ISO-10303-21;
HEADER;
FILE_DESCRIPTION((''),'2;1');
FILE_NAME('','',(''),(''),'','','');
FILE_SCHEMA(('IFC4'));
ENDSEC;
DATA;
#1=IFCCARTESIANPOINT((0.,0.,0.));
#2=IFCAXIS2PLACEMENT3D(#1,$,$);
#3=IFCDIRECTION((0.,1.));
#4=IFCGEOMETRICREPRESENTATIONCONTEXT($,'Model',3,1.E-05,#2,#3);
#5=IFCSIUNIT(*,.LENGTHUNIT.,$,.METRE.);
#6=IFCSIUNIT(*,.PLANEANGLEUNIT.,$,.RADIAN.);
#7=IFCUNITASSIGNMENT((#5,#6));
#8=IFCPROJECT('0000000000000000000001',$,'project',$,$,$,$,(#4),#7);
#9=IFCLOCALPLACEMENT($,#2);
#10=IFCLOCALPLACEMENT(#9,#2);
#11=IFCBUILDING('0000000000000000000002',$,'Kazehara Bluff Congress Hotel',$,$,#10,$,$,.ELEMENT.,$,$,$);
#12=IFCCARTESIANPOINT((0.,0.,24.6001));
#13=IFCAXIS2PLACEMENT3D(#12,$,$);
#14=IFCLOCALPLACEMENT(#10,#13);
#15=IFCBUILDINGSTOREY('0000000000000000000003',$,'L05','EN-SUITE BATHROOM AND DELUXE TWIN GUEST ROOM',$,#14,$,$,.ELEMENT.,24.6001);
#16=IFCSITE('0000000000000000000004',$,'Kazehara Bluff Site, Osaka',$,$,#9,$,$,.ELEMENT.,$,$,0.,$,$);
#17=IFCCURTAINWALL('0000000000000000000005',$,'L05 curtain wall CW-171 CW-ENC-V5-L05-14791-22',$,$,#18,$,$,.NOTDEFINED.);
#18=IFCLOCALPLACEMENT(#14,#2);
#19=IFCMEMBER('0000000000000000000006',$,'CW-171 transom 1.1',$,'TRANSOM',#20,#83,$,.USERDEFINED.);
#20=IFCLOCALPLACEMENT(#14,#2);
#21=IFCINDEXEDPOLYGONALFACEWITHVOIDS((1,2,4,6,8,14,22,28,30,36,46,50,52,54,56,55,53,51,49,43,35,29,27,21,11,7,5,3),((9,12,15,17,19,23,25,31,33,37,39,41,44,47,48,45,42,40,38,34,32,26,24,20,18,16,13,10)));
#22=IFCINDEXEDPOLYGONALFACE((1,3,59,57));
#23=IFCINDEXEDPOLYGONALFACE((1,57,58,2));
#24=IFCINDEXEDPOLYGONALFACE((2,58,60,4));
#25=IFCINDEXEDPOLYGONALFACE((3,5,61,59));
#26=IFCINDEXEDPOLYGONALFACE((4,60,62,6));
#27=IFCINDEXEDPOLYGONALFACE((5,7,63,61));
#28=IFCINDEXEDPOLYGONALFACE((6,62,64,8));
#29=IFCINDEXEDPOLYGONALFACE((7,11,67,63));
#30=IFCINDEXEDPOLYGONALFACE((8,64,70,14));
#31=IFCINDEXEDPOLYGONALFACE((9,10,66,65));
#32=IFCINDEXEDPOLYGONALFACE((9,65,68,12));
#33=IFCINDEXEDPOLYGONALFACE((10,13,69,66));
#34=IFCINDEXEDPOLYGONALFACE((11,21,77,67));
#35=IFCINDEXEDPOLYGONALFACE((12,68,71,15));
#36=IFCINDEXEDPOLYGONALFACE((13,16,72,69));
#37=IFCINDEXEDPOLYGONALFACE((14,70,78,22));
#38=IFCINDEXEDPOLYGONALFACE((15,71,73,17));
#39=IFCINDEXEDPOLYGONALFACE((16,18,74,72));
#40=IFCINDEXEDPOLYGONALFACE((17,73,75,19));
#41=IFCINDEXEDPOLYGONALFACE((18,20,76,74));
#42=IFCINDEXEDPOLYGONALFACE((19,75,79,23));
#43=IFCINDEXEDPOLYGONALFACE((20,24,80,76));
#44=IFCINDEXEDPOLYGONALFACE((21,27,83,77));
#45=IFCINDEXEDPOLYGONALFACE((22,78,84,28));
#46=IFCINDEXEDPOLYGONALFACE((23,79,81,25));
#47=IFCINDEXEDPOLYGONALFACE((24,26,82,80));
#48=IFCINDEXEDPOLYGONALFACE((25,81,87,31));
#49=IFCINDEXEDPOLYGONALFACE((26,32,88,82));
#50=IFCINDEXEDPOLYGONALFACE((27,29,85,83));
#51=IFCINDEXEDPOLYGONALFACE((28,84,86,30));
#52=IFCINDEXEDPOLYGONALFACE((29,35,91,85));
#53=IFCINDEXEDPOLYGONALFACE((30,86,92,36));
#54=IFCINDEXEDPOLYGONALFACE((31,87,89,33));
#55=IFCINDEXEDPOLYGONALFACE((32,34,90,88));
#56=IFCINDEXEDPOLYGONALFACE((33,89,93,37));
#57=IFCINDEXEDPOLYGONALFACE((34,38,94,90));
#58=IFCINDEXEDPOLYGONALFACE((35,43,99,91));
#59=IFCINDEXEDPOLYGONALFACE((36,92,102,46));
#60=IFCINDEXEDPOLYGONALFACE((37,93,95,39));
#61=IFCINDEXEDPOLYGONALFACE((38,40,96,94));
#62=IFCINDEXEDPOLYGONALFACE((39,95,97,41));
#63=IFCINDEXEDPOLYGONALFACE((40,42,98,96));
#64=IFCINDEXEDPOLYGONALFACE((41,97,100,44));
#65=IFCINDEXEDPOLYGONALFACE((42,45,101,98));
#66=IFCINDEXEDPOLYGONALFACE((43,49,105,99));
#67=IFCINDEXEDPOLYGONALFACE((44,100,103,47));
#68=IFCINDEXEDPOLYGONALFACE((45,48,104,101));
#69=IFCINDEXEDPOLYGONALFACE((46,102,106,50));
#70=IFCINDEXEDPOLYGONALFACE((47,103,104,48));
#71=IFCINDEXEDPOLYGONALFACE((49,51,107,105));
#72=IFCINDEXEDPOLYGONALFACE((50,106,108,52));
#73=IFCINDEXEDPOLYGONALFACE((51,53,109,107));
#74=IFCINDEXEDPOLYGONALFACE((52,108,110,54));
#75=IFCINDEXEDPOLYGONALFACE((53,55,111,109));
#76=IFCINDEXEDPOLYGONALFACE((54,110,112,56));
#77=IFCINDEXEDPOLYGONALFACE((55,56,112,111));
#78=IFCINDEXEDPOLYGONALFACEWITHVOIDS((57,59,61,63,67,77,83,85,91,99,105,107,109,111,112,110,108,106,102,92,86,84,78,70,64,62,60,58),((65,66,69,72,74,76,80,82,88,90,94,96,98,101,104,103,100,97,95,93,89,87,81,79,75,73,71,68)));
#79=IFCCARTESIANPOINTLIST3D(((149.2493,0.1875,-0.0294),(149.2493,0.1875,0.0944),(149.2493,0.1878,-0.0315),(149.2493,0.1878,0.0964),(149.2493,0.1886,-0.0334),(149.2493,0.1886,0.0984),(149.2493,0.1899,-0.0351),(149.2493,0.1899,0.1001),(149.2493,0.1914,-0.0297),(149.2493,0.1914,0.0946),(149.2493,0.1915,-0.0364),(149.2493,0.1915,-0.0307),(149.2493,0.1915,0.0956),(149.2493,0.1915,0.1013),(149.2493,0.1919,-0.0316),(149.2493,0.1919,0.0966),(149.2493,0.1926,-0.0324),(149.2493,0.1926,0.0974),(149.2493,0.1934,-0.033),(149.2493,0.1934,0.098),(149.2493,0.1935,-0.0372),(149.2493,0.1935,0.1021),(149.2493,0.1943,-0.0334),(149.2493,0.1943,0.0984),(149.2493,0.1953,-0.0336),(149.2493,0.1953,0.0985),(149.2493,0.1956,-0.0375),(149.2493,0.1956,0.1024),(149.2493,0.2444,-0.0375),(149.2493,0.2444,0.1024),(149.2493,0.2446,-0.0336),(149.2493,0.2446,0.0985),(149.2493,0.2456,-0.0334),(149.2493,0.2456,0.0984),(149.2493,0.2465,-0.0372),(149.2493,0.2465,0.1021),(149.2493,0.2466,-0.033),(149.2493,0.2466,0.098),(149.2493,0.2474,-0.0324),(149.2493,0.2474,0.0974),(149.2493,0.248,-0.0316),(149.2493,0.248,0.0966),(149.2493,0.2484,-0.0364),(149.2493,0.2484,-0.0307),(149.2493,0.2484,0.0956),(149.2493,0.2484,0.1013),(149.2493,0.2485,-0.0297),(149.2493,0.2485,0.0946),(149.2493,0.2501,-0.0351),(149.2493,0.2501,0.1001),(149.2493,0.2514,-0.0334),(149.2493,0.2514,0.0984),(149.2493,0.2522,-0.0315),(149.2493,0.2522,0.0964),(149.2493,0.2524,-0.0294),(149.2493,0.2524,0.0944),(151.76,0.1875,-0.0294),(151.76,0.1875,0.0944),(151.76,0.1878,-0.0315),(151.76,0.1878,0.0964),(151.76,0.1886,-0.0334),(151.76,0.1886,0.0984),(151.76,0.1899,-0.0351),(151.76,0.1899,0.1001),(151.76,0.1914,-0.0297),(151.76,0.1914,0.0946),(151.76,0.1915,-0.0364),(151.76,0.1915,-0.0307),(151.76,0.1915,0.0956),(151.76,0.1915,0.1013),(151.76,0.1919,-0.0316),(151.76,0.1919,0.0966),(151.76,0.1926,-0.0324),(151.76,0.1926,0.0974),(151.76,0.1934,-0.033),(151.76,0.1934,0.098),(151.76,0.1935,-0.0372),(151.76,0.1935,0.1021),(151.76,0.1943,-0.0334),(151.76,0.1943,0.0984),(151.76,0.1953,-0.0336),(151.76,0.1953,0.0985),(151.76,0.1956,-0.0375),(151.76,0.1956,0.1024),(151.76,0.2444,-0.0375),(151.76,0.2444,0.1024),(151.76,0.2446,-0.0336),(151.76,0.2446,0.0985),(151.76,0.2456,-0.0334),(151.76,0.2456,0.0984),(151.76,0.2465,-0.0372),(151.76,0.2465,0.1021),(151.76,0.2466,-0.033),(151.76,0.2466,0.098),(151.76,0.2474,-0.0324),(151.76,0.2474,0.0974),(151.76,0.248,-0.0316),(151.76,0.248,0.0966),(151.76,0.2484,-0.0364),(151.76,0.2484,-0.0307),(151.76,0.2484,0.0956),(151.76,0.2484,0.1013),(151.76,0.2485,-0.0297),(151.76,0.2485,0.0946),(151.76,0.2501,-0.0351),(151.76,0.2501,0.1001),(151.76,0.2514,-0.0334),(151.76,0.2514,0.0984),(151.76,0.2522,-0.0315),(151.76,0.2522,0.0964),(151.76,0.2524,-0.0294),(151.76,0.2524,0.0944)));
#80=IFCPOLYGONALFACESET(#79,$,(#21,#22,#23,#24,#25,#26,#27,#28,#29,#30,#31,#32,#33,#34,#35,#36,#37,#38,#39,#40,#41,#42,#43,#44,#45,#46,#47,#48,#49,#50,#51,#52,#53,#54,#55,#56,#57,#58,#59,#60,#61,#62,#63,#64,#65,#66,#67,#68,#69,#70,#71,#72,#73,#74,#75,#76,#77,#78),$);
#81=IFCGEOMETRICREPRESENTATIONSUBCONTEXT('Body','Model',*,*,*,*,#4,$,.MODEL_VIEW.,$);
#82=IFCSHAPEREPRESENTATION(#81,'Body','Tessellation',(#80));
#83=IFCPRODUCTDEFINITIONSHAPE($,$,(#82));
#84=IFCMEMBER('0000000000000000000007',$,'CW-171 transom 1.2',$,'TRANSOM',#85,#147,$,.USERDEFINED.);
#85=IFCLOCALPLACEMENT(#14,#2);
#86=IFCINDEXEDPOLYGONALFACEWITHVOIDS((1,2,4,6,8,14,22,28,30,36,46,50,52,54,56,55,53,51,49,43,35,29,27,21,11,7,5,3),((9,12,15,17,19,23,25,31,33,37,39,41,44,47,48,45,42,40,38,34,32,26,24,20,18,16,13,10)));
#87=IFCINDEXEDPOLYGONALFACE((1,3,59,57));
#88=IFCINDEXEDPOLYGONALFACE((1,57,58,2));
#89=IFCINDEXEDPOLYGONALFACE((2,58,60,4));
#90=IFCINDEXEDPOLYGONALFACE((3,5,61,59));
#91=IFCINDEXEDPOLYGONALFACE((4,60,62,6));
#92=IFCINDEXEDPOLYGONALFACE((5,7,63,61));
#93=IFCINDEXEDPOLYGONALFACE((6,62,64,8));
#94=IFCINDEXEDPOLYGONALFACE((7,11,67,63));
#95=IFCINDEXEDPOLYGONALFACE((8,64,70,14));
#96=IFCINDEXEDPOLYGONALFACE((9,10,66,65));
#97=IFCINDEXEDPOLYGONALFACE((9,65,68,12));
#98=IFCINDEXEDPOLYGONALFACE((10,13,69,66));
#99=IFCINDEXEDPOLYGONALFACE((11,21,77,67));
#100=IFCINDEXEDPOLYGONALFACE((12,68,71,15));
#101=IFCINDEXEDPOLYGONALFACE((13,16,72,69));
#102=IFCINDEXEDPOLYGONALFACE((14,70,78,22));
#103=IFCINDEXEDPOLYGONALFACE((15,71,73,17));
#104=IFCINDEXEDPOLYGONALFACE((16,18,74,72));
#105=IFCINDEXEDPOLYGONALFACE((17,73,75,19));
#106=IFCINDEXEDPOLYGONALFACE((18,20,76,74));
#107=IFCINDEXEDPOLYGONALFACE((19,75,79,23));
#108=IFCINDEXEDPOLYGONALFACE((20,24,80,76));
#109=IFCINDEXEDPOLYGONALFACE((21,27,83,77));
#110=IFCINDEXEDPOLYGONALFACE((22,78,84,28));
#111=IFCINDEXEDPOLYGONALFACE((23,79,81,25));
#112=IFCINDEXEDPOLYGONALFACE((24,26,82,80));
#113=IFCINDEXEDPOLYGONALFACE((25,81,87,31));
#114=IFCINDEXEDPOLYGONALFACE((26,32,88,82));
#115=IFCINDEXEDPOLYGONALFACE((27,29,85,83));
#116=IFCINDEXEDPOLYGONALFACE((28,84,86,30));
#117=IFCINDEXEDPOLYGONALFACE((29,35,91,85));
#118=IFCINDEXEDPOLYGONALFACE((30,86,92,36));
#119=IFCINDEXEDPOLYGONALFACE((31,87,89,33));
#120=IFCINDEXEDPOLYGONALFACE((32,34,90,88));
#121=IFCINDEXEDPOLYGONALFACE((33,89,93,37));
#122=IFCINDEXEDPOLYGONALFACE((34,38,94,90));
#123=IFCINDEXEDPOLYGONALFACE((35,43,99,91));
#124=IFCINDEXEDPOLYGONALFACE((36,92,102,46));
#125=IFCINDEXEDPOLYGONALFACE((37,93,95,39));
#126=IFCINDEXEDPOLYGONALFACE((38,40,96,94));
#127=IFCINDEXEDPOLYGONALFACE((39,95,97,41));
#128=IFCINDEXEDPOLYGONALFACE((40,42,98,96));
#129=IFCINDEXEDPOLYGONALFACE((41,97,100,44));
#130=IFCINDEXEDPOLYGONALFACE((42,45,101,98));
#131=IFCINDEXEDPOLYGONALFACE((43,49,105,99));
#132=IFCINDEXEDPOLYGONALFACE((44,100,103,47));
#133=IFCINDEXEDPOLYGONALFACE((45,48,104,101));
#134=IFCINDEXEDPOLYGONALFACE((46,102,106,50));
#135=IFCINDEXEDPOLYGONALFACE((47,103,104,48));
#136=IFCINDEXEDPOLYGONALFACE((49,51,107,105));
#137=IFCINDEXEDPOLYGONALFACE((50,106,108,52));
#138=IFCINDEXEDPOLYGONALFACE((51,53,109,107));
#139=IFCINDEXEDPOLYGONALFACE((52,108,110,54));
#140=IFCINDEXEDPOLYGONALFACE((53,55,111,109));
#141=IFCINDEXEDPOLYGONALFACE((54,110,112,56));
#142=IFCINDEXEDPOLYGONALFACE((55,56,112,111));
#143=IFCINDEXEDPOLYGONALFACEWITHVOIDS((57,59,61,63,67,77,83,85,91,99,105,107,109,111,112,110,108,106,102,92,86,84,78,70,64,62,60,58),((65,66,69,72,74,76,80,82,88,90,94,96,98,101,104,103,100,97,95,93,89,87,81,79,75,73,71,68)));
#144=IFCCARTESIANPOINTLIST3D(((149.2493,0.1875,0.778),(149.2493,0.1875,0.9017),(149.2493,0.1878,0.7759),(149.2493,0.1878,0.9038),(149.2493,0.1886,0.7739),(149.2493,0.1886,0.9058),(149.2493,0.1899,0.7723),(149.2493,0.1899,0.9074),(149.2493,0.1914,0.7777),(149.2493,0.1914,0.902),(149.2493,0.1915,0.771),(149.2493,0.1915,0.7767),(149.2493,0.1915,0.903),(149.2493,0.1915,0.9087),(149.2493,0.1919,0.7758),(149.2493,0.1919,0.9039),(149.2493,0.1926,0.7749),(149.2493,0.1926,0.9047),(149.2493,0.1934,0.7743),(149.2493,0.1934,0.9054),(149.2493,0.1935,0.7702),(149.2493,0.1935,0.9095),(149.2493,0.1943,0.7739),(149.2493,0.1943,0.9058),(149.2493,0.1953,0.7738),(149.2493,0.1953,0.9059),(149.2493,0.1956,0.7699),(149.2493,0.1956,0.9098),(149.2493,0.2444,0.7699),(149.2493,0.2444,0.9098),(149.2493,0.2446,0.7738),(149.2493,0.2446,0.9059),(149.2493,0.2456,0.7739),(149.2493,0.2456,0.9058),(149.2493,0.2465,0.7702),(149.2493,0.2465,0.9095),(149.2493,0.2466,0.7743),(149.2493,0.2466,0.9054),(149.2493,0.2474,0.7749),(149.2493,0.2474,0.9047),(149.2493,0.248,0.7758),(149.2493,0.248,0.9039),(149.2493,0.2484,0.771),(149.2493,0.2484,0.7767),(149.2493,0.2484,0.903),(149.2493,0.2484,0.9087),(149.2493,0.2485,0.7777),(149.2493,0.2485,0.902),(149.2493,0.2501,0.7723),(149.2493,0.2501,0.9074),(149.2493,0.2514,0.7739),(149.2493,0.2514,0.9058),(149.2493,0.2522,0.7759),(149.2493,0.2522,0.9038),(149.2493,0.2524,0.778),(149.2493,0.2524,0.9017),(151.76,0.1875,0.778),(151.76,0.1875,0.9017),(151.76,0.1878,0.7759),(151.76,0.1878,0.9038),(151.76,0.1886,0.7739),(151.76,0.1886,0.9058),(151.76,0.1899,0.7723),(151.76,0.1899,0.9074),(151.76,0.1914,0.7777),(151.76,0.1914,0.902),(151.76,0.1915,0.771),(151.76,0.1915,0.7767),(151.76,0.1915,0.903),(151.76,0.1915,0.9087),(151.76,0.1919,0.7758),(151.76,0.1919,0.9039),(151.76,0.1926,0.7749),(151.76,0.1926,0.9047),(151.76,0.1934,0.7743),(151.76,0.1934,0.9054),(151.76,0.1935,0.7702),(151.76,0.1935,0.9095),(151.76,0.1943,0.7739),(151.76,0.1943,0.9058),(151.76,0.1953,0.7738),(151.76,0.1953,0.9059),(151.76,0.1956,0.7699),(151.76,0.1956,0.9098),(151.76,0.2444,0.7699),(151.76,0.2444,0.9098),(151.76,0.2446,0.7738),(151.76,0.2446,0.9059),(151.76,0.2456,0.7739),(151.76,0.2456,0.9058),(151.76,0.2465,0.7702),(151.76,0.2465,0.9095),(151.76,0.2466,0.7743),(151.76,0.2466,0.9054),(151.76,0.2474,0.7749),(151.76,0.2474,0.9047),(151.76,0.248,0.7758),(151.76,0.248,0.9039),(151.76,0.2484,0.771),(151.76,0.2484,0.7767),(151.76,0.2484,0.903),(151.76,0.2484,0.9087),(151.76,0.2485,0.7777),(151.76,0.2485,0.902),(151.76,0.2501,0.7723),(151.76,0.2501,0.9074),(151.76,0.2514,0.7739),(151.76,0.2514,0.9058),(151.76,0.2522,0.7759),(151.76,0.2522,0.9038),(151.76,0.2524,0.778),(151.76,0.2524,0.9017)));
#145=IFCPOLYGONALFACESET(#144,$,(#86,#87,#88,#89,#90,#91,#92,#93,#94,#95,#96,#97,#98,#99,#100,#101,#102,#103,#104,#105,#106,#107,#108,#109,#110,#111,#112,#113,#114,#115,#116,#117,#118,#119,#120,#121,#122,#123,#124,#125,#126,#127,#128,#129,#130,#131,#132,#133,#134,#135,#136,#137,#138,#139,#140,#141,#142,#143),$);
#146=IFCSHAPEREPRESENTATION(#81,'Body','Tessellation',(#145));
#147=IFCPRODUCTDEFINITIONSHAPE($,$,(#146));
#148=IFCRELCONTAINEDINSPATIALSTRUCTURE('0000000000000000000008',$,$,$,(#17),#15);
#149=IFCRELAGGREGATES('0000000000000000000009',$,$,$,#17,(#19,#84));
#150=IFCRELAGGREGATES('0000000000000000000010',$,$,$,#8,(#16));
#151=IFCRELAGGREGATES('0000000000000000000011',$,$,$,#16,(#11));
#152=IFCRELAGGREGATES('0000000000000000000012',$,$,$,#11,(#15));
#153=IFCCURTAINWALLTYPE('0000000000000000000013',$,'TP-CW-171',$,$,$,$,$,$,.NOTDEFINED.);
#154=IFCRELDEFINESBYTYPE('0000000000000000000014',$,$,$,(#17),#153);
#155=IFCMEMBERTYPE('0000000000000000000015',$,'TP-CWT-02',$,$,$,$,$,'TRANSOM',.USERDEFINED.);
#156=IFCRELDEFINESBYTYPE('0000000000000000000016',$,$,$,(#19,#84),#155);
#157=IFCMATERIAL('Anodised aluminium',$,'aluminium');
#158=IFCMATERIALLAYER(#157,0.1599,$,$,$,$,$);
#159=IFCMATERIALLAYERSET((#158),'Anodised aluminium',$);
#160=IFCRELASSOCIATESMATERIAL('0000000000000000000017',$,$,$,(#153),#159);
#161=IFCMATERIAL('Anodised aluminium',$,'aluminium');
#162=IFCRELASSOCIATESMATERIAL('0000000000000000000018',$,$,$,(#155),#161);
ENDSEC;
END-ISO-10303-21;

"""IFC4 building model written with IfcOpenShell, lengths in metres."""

from ifc_helpers import new_model, si_unit, direction, frame, origin, origin_2d, place, context, subcontext, project, spatial, hollow_rectangle, extrude, material, layer, layer_set, material_profile, profile_set, type_object, element, aggregate, save


model = new_model("IFC4")

# Units and contexts
model_context = context("Model", 3, precision=1e-05, world=origin(), true_north=direction((0.0, 1.0)))
body_context = subcontext(model_context, "Body", "Model", "MODEL_VIEW")
ifc_project = project(units=[si_unit("LENGTHUNIT", "METRE"), si_unit("PLANEANGLEUNIT", "RADIAN")], contexts=[model_context])

# Site, building, storey
site_placement = place(None, origin())
site = spatial("IfcSite", under=ifc_project, at=site_placement, Name="Kazehara Bluff Site, Osaka", CompositionType="ELEMENT", RefElevation=0.0)
building_placement = place(site_placement, origin())
building = spatial("IfcBuilding", under=site, at=building_placement, Name="Kazehara Bluff Congress Hotel", CompositionType="ELEMENT")
storey_placement = place(building_placement, frame((0.0, 0.0, 24.6001)))
storey = spatial("IfcBuildingStorey", under=building, at=storey_placement, Name="L05", Description="EN-SUITE BATHROOM AND DELUXE TWIN GUEST ROOM", CompositionType="ELEMENT", Elevation=24.6001)

# Curtain wall, members
ifc_material_1 = material(Name="Anodised aluminium", Category="aluminium")
ifc_layer_1 = layer(ifc_material_1, 0.1599)
ifc_layer_set_1 = layer_set([ifc_layer_1], Name="Anodised aluminium")
curtain_wall_type = type_object("IfcCurtainWallType", Name="TP-CW-171", PredefinedType="NOTDEFINED", material=ifc_layer_set_1)
curtain_wall_placement = place(storey_placement, origin())
curtain_wall = element("IfcCurtainWall", 1, at=curtain_wall_placement, inside=storey, type_object=curtain_wall_type, Name="L05 curtain wall CW-171 CW-ENC-V5-L05-14791-22", PredefinedType="NOTDEFINED")
ifc_material_2 = material(Name="Anodised aluminium", Category="aluminium")
ifc_material_profile_1 = material_profile(ifc_material_2, hollow_rectangle(XDim=0.0649, YDim=0.1399, WallThickness=0.0039, InnerFilletRadius=0.0039, OuterFilletRadius=0.0081, at=origin_2d()))
ifc_profile_set_1 = profile_set([ifc_material_profile_1], Name="Anodised aluminium")
member_type_1 = type_object("IfcMemberType", Name="TP-CWT-02", ElementType="TRANSOM", PredefinedType="USERDEFINED", material=ifc_profile_set_1)
member_1_placement = place(storey_placement, frame((151.76, 0.22, 0.0325), z_axis=(-1.0, 0.0, 0.0), x_axis=(0.0, -1.0, 0.0)))
member_1 = element("IfcMember", 2, at=member_1_placement, type_object=member_type_1, Name="CW-171 transom 1.1", ObjectType="TRANSOM", PredefinedType="USERDEFINED", context=body_context, shape_type="SweptSolid", body=[
    extrude(hollow_rectangle(XDim=0.0649, YDim=0.1399, WallThickness=0.0039, InnerFilletRadius=0.0039, OuterFilletRadius=0.0081, at=origin_2d()), origin(), (0.0, 0.0, 1.0), 2.5107),
])
member_2_placement = place(storey_placement, frame((151.76, 0.22, 0.8398), z_axis=(-1.0, 0.0, 0.0), x_axis=(0.0, -1.0, 0.0)))
member_2 = element("IfcMember", 3, at=member_2_placement, type_object=member_type_1, Name="CW-171 transom 1.2", ObjectType="TRANSOM", PredefinedType="USERDEFINED", context=body_context, shape_type="SweptSolid", body=[
    extrude(hollow_rectangle(XDim=0.0649, YDim=0.1399, WallThickness=0.0039, InnerFilletRadius=0.0039, OuterFilletRadius=0.0081, at=origin_2d()), origin(), (0.0, 0.0, 1.0), 2.5107),
])
aggregate(curtain_wall, [member_1, member_2])

save(model, "model.ifc")
